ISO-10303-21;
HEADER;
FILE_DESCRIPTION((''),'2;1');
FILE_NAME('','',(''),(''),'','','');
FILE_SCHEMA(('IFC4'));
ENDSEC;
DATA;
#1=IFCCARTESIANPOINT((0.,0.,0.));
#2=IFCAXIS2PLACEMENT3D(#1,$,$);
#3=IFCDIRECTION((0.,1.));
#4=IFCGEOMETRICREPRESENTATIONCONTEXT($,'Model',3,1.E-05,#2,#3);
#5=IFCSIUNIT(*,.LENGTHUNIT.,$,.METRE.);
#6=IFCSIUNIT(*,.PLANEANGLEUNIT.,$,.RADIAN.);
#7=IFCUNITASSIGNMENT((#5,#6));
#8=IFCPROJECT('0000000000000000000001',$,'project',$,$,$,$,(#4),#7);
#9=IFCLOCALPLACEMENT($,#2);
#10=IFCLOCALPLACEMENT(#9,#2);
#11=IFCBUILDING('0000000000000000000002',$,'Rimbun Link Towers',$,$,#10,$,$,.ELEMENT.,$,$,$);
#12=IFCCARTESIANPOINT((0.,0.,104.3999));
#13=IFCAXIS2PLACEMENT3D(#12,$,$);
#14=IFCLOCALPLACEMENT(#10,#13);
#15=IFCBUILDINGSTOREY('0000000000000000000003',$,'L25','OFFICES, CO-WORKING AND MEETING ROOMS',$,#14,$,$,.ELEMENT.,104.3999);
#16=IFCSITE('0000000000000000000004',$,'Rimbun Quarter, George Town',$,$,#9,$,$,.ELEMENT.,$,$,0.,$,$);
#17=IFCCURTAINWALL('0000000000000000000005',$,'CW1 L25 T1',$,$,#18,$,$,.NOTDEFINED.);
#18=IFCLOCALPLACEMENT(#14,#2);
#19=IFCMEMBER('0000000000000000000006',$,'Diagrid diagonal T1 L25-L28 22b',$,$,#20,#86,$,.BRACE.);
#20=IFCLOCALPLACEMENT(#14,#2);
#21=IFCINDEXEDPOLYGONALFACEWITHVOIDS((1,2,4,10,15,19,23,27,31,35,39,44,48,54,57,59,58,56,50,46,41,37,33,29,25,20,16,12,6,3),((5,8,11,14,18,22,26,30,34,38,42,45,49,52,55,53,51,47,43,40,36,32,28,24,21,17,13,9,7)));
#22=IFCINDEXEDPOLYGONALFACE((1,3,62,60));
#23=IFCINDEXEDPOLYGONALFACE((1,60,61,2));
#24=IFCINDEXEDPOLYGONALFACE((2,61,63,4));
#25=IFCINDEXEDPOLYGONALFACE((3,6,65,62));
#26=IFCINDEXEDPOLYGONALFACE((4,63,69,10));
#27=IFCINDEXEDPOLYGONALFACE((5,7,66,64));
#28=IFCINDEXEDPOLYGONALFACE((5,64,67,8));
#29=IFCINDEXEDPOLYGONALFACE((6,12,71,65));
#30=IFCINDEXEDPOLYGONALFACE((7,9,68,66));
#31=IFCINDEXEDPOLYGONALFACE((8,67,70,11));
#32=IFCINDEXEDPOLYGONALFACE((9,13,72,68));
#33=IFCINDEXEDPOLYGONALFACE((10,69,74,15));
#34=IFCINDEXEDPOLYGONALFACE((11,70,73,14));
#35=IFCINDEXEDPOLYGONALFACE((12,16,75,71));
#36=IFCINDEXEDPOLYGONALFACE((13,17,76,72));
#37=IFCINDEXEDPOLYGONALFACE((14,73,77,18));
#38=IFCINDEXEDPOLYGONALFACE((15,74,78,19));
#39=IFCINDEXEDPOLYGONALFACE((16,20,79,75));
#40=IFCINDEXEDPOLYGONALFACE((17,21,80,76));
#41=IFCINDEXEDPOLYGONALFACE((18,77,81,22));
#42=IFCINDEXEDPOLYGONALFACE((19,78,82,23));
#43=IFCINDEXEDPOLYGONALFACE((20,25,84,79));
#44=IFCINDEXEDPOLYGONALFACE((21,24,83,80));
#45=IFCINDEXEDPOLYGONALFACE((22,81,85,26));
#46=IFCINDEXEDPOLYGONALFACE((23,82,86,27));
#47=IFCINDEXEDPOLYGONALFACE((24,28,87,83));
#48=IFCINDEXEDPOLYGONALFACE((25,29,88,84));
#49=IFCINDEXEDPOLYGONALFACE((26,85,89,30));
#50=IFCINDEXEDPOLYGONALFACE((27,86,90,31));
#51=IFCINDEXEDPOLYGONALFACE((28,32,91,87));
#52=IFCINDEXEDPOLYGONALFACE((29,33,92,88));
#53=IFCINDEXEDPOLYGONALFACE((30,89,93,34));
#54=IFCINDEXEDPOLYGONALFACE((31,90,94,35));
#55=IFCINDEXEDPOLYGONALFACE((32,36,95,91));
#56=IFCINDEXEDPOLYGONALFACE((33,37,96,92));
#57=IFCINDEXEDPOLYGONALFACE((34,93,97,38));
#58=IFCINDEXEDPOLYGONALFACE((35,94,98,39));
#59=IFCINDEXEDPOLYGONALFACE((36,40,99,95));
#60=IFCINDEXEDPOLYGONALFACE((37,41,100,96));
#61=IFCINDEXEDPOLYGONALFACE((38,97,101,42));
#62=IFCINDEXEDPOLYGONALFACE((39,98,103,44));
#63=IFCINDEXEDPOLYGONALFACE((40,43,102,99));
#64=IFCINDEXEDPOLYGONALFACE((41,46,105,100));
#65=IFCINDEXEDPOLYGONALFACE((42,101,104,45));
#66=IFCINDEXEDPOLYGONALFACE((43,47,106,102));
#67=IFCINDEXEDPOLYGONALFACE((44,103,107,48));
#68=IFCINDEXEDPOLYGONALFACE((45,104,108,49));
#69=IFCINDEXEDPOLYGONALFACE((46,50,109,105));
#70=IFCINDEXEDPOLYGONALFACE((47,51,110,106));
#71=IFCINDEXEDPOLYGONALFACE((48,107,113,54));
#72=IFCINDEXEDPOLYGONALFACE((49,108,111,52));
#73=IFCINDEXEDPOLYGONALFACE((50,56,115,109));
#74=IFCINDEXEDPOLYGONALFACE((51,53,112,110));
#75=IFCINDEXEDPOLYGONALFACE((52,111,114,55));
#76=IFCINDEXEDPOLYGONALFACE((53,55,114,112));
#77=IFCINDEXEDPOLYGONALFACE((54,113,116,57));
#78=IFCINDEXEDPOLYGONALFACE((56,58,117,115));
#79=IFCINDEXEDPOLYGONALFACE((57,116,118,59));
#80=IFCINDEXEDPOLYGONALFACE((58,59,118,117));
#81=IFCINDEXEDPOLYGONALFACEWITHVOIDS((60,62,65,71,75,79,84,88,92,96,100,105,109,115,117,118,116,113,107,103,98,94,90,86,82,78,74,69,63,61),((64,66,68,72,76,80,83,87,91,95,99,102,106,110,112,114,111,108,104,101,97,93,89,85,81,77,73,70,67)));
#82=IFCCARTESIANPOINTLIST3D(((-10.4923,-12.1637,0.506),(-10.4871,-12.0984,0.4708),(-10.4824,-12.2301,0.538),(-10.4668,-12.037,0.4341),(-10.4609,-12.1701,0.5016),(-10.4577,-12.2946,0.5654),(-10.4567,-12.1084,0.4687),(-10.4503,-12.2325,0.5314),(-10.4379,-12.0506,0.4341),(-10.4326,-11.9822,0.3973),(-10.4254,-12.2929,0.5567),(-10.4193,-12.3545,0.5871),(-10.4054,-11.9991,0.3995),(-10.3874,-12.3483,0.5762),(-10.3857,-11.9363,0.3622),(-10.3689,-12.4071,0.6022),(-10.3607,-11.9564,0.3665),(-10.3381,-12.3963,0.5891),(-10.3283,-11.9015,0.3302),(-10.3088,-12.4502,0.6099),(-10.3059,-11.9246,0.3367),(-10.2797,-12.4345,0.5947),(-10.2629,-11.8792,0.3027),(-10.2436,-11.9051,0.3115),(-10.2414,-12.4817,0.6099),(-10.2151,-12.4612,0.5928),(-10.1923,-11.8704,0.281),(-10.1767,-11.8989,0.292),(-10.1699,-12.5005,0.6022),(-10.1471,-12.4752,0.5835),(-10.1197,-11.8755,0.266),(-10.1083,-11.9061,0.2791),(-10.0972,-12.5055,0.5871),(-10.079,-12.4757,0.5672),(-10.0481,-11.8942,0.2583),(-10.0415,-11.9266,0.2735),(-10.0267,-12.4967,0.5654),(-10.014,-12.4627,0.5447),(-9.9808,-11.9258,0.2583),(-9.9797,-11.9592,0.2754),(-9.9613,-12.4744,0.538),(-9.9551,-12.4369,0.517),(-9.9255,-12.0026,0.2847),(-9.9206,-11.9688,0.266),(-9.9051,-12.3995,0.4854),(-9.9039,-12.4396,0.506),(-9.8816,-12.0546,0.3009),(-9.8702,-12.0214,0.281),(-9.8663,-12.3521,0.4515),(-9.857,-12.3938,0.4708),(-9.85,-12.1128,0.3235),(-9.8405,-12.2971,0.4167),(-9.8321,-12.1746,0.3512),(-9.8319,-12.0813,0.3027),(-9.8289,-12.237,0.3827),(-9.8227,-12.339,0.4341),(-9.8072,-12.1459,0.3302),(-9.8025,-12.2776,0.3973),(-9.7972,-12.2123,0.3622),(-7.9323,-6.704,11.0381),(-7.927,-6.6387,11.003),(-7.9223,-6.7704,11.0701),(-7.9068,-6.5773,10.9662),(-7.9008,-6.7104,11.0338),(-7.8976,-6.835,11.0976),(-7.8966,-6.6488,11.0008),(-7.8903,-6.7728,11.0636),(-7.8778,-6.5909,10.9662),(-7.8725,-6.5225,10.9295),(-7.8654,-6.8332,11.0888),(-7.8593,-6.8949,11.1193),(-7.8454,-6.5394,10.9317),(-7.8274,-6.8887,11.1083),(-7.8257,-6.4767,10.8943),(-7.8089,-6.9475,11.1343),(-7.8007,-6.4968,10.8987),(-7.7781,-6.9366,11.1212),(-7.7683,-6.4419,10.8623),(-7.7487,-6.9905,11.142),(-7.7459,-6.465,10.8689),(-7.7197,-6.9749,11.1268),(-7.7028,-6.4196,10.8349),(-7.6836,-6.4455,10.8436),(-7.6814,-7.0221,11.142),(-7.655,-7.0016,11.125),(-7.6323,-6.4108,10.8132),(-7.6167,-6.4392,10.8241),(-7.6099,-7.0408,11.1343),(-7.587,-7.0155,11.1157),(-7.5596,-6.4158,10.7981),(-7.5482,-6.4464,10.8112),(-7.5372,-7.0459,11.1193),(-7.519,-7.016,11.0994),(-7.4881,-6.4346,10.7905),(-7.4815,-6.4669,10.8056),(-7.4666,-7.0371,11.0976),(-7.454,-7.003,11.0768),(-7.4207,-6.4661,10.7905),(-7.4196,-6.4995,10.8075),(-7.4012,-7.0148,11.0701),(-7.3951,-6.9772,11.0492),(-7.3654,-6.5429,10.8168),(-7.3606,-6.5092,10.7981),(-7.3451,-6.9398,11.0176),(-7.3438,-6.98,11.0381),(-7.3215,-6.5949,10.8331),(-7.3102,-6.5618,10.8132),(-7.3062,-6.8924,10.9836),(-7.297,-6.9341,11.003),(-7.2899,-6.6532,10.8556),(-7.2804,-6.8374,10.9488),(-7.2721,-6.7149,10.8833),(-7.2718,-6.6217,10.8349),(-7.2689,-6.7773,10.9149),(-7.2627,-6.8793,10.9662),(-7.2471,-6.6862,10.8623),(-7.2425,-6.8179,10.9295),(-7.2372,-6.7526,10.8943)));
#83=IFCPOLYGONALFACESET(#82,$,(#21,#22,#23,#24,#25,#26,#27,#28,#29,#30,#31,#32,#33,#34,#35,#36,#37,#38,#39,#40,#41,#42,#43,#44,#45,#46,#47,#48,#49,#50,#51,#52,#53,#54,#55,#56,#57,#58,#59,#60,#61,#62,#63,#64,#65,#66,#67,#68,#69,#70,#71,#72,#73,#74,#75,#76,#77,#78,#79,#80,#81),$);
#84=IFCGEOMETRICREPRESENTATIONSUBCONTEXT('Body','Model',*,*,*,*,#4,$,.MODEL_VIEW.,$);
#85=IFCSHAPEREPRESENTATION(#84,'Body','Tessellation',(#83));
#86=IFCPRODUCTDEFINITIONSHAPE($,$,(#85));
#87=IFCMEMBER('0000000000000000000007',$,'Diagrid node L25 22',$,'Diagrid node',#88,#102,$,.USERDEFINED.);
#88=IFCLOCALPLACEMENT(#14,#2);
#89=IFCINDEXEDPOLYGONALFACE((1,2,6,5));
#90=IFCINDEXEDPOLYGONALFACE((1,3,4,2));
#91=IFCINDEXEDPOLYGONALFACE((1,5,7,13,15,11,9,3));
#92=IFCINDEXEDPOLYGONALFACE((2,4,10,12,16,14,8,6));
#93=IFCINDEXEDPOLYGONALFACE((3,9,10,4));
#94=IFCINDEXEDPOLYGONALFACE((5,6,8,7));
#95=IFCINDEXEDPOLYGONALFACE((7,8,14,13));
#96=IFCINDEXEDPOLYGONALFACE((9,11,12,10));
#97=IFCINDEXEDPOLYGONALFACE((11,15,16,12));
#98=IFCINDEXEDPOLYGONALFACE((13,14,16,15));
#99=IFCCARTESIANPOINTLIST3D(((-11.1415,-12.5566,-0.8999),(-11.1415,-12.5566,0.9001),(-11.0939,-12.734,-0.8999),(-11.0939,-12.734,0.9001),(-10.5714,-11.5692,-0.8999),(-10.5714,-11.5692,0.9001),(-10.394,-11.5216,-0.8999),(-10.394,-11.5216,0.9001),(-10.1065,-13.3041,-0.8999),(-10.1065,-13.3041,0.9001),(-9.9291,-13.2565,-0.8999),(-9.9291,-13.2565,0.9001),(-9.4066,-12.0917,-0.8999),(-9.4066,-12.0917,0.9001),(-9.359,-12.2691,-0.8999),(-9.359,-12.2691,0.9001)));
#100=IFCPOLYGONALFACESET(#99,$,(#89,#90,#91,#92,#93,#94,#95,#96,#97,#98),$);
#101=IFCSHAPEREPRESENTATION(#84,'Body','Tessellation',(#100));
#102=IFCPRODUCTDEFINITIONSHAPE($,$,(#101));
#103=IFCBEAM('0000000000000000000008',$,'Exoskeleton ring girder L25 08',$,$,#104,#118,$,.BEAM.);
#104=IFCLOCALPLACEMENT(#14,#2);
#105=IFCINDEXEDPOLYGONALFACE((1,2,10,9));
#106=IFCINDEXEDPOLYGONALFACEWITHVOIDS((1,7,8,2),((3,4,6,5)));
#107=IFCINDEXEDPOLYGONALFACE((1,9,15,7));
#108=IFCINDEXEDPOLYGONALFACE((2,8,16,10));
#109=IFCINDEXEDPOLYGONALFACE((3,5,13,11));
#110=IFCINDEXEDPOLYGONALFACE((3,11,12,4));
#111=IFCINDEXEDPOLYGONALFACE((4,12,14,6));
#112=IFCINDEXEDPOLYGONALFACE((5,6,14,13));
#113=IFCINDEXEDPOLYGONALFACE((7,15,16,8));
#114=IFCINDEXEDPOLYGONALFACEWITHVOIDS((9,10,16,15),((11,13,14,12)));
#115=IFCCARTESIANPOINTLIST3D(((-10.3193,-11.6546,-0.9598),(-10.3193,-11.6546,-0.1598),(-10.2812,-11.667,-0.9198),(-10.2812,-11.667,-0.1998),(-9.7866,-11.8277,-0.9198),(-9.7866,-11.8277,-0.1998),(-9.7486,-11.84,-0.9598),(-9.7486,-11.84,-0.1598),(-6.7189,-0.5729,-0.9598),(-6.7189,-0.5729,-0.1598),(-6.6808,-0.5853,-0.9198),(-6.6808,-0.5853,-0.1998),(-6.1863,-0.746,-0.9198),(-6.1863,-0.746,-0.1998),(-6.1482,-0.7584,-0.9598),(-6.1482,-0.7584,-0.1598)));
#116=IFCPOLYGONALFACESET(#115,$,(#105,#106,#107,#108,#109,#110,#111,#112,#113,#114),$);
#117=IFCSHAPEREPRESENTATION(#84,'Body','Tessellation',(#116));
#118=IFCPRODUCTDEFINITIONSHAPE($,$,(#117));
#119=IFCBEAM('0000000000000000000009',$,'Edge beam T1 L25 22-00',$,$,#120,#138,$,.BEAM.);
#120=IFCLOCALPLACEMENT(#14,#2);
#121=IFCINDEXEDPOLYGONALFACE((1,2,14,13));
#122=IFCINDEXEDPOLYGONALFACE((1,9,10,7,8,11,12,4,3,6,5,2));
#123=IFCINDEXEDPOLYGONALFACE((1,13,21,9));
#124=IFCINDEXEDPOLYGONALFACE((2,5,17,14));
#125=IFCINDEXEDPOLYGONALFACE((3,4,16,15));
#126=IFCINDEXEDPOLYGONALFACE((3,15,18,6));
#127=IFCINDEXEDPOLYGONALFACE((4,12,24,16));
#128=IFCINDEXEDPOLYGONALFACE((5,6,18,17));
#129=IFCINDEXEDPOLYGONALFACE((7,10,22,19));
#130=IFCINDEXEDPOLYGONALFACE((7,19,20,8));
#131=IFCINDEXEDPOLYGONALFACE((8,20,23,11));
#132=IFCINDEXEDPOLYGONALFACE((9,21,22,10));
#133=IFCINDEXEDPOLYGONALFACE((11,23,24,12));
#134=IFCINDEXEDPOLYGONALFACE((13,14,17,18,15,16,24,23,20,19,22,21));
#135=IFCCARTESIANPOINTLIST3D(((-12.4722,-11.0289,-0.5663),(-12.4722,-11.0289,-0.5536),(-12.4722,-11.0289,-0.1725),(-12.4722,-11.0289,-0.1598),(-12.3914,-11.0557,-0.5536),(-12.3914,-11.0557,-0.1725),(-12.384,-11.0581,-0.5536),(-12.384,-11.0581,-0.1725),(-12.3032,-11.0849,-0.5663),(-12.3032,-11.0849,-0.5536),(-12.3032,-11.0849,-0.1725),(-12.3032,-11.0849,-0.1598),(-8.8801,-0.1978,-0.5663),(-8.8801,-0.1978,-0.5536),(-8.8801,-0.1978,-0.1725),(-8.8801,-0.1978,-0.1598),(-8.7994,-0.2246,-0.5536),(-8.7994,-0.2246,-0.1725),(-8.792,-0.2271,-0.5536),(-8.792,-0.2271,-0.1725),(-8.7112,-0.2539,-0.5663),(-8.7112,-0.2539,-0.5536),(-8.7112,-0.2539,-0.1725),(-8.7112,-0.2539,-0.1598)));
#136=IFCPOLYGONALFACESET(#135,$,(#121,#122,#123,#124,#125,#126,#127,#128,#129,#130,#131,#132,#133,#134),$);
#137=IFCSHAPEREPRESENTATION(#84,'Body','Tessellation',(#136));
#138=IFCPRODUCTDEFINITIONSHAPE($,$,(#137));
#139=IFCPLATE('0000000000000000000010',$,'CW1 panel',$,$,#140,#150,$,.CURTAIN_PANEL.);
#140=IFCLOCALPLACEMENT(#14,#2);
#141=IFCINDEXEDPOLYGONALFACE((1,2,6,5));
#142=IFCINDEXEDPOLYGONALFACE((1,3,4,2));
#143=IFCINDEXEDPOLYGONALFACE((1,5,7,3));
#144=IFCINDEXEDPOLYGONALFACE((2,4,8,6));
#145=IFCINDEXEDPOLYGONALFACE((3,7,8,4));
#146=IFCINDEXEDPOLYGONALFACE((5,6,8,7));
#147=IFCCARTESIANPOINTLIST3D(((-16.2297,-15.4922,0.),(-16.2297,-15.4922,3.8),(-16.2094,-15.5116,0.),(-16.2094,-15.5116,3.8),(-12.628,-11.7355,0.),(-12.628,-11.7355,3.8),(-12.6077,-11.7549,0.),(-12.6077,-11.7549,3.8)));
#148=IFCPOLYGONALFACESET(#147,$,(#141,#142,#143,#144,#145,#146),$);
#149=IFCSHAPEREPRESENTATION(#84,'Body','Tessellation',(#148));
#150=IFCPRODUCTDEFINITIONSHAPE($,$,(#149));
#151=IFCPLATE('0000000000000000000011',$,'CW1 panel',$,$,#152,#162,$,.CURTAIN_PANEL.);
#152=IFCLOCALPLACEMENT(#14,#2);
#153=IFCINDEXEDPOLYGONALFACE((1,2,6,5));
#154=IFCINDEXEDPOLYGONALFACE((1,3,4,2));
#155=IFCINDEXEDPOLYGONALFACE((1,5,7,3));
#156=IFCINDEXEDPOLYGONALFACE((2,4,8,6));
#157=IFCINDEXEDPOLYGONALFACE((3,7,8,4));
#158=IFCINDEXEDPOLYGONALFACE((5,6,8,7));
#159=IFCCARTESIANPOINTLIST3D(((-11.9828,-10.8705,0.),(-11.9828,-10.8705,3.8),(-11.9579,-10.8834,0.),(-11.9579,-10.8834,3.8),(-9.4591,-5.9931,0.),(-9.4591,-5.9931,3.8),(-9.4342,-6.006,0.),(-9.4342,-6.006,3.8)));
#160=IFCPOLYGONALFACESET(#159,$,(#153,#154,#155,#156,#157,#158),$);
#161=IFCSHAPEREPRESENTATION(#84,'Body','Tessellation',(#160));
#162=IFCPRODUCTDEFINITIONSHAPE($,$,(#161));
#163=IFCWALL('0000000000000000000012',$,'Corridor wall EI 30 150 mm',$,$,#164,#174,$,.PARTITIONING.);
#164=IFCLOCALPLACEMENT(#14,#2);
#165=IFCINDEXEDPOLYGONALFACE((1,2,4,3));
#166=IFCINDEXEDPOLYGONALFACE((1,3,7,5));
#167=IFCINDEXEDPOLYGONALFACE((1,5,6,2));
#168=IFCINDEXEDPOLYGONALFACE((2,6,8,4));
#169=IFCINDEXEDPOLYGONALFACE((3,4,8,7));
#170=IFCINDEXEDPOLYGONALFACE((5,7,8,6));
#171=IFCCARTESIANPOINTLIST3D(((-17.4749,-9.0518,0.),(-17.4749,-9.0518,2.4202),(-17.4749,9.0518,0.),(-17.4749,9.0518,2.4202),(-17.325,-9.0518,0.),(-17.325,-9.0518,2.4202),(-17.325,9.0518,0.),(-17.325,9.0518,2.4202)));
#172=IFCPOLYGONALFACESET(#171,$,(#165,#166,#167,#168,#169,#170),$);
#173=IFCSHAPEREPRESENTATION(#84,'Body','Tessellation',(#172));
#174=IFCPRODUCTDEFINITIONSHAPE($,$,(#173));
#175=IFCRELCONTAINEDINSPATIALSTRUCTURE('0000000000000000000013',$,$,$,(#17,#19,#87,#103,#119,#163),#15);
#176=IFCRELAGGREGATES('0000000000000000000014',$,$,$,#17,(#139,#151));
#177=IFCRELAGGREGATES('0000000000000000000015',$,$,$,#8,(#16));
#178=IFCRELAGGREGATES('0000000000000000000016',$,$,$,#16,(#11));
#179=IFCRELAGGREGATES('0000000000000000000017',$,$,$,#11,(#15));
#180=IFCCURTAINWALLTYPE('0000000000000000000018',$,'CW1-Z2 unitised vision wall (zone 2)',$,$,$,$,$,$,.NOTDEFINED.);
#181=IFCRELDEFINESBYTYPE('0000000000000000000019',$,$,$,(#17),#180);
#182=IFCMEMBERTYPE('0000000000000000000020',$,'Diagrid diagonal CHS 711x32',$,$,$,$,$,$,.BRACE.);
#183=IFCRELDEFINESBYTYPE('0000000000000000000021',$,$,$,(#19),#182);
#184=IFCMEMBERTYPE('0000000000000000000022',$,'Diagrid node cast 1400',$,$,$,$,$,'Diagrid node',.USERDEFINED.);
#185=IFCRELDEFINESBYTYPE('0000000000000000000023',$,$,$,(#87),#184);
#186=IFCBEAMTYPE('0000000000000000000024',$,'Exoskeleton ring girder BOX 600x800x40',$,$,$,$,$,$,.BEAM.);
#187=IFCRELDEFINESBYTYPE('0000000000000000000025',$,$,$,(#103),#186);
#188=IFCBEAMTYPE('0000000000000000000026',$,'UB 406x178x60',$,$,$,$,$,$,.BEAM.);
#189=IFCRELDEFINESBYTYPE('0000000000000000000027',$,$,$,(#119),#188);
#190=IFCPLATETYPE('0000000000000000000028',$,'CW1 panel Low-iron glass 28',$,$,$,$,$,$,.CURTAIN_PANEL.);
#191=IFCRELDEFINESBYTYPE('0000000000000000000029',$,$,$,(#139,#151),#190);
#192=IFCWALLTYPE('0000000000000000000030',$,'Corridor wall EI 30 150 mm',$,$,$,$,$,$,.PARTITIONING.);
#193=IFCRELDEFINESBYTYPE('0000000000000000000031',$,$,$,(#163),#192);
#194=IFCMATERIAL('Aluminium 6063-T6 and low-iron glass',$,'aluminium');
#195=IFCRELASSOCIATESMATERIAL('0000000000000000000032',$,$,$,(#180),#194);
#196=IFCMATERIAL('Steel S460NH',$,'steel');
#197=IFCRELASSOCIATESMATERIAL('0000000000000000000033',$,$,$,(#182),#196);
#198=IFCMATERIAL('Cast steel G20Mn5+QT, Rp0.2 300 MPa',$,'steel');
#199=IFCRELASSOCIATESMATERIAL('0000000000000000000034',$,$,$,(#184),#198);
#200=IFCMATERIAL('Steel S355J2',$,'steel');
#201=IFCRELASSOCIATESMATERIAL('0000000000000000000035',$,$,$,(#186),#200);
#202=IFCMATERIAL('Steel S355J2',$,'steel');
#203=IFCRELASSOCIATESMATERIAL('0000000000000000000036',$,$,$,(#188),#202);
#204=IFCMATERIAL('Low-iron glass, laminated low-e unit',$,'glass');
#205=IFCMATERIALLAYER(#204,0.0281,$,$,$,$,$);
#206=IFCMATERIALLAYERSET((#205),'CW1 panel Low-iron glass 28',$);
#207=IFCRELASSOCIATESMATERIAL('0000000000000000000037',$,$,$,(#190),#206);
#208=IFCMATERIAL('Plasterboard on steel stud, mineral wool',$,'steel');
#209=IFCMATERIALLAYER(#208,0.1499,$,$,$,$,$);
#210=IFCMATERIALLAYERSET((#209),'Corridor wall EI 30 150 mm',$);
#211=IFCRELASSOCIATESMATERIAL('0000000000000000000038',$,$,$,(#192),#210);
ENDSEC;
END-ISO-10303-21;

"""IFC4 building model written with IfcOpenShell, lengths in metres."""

from ifc_helpers import new_model, si_unit, direction, frame, frame_2d, origin, origin_2d, place, context, subcontext, project, spatial, polyline, rectangle, hollow_rectangle, hollow_circle, i_section, outline, extrude, material, layer, layer_set, material_profile, profile_set, type_object, element, aggregate, save


model = new_model("IFC4")

# Units and contexts
model_context = context("Model", 3, precision=1e-05, world=origin(), true_north=direction((0.0, 1.0)))
body_context = subcontext(model_context, "Body", "Model", "MODEL_VIEW")
ifc_project = project(units=[si_unit("LENGTHUNIT", "METRE"), si_unit("PLANEANGLEUNIT", "RADIAN")], contexts=[model_context])

# Site, building, storey
site_placement = place(None, origin())
site = spatial("IfcSite", under=ifc_project, at=site_placement, Name="Rimbun Quarter, George Town", CompositionType="ELEMENT", RefElevation=0.0)
building_placement = place(site_placement, origin())
building = spatial("IfcBuilding", under=site, at=building_placement, Name="Rimbun Link Towers", CompositionType="ELEMENT")
storey_placement = place(building_placement, frame((0.0, 0.0, 104.3999)))
storey = spatial("IfcBuildingStorey", under=building, at=storey_placement, Name="L25", Description="OFFICES, CO-WORKING AND MEETING ROOMS", CompositionType="ELEMENT", Elevation=104.3999)

# Curtain wall
ifc_material_1 = material(Name="Aluminium 6063-T6 and low-iron glass", Category="aluminium")
curtain_wall_type = type_object("IfcCurtainWallType", Name="CW1-Z2 unitised vision wall (zone 2)", PredefinedType="NOTDEFINED", material=ifc_material_1)
curtain_wall_placement = place(storey_placement, origin())
curtain_wall = element("IfcCurtainWall", 1, at=curtain_wall_placement, inside=storey, type_object=curtain_wall_type, Name="CW1 L25 T1", PredefinedType="NOTDEFINED")

# Members
ifc_material_2 = material(Name="Steel S460NH", Category="steel")
ifc_material_profile_1 = material_profile(ifc_material_2, hollow_circle(Radius=0.3557, WallThickness=0.032, at=origin_2d()), Name="Diagrid diagonal CHS 711x32")
ifc_profile_set_1 = profile_set([ifc_material_profile_1], Name="Steel S460NH")
member_type_1 = type_object("IfcMemberType", Name="Diagrid diagonal CHS 711x32", PredefinedType="BRACE", material=ifc_profile_set_1)
member_1_placement = place(storey_placement, frame((-10.1448, -12.188, 0.4341), z_axis=(0.210942, 0.449866, 0.867827), x_axis=(-0.905407, 0.424545, 0.0)))
element("IfcMember", 2, at=member_1_placement, inside=storey, type_object=member_type_1, Name="Diagrid diagonal T1 L25-L28 22b", PredefinedType="BRACE", context=body_context, shape_type="SweptSolid", body=[
    extrude(hollow_circle(Radius=0.3557, WallThickness=0.032, at=origin_2d()), origin(), (0.0, 0.0, 1.0), 12.1362),
])
ifc_material_3 = material(Name="Cast steel G20Mn5+QT, Rp0.2 300 MPa", Category="steel")
ifc_material_profile_2 = material_profile(ifc_material_3, outline(polyline([(0.7, -0.5701), (0.7, 0.5701), (0.5701, 0.7), (-0.5701, 0.7), (-0.7, 0.5701), (-0.7, -0.5701), (-0.5701, -0.7), (0.5701, -0.7), (0.7, -0.5701)])), Name="NODE 1400x1400")
ifc_profile_set_2 = profile_set([ifc_material_profile_2], Name="Cast steel G20Mn5+QT, Rp0.2 300 MPa")
member_type_2 = type_object("IfcMemberType", Name="Diagrid node cast 1400", ElementType="Diagrid node", PredefinedType="USERDEFINED", material=ifc_profile_set_2)
member_2_placement = place(storey_placement, frame((-10.2502, -12.4128, -0.8999), z_axis=(0.0, 0.0, 1.0), x_axis=(0.866025, -0.5, 0.0)))
element("IfcMember", 3, at=member_2_placement, inside=storey, type_object=member_type_2, Name="Diagrid node L25 22", ObjectType="Diagrid node", PredefinedType="USERDEFINED", context=body_context, shape_type="SweptSolid", body=[
    extrude(outline(polyline([(0.7, -0.5701), (0.7, 0.5701), (0.5701, 0.7), (-0.5701, 0.7), (-0.7, 0.5701), (-0.7, -0.5701), (-0.5701, -0.7), (0.5701, -0.7), (0.7, -0.5701)])), origin(), (0.0, 0.0, 1.0), 1.8),
])

# Beams
ifc_material_4 = material(Name="Steel S355J2", Category="steel")
ifc_material_profile_3 = material_profile(ifc_material_4, hollow_rectangle(XDim=0.6001, YDim=0.8, WallThickness=0.04, at=origin_2d()), Name="Exoskeleton ring girder BOX 600x800x40")
ifc_profile_set_3 = profile_set([ifc_material_profile_3], Name="Steel S355J2")
beam_type_1 = type_object("IfcBeamType", Name="Exoskeleton ring girder BOX 600x800x40", PredefinedType="BEAM", material=ifc_profile_set_3)
beam_1_placement = place(storey_placement, frame((-10.0339, -11.7473, -0.5598), z_axis=(0.308996, 0.951063, 0.0), x_axis=(-0.951063, 0.308996, 0.0)))
element("IfcBeam", 4, at=beam_1_placement, inside=storey, type_object=beam_type_1, Name="Exoskeleton ring girder L25 08", PredefinedType="BEAM", context=body_context, shape_type="SweptSolid", body=[
    extrude(hollow_rectangle(XDim=0.6001, YDim=0.8, WallThickness=0.04, at=origin_2d()), origin(), (0.0, 0.0, 1.0), 11.6519),
])
ifc_material_5 = material(Name="Steel S355J2", Category="steel")
ifc_material_profile_4 = material_profile(ifc_material_5, i_section(OverallWidth=0.178, OverallDepth=0.4065, WebThickness=0.0078, FlangeThickness=0.0127, at=origin_2d()), Name="UB 406x178x60")
ifc_profile_set_4 = profile_set([ifc_material_profile_4], Name="Steel S355J2")
beam_type_2 = type_object("IfcBeamType", Name="UB 406x178x60", PredefinedType="BEAM", material=ifc_profile_set_4)
beam_2_placement = place(storey_placement, frame((-12.3877, -11.0569, -0.363), z_axis=(0.314783, 0.949164, 0.0), x_axis=(-0.949164, 0.314783, 0.0)))
element("IfcBeam", 5, at=beam_2_placement, inside=storey, type_object=beam_type_2, Name="Edge beam T1 L25 22-00", PredefinedType="BEAM", context=body_context, shape_type="SweptSolid", body=[
    extrude(i_section(OverallWidth=0.178, OverallDepth=0.4065, WebThickness=0.0078, FlangeThickness=0.0127, at=origin_2d()), origin(), (0.0, 0.0, 1.0), 11.4111),
])

# Plates
ifc_material_6 = material(Name="Low-iron glass, laminated low-e unit", Category="glass")
ifc_layer_1 = layer(ifc_material_6, 0.0281)
ifc_layer_set_1 = layer_set([ifc_layer_1], Name="CW1 panel Low-iron glass 28")
plate_type = type_object("IfcPlateType", Name="CW1 panel Low-iron glass 28", PredefinedType="CURTAIN_PANEL", material=ifc_layer_set_1)
plate_1_placement = place(storey_placement, frame((-14.4187, -13.6235, 0.0), z_axis=(0.0, 0.0, 1.0), x_axis=(-0.692055, -0.721845, 0.0)))
plate_1 = element("IfcPlate", 6, at=plate_1_placement, type_object=plate_type, Name="CW1 panel", PredefinedType="CURTAIN_PANEL", context=body_context, shape_type="SweptSolid", body=[
    extrude(rectangle(XDim=5.2043, YDim=0.0281, at=origin_2d()), origin(), (0.0, 0.0, 1.0), 3.8),
])
plate_2_placement = place(storey_placement, frame((-10.7085, -8.4382, 0.0), z_axis=(0.0, 0.0, 1.0), x_axis=(-0.459555, -0.888149, 0.0)))
plate_2 = element("IfcPlate", 7, at=plate_2_placement, type_object=plate_type, Name="CW1 panel", PredefinedType="CURTAIN_PANEL", context=body_context, shape_type="SweptSolid", body=[
    extrude(rectangle(XDim=5.4917, YDim=0.0281, at=origin_2d()), origin(), (0.0, 0.0, 1.0), 3.8),
])
aggregate(curtain_wall, [plate_1, plate_2])

# Wall
ifc_material_7 = material(Name="Plasterboard on steel stud, mineral wool", Category="steel")
ifc_layer_2 = layer(ifc_material_7, 0.1499)
ifc_layer_set_2 = layer_set([ifc_layer_2], Name="Corridor wall EI 30 150 mm")
wall_type_1 = type_object("IfcWallType", Name="Corridor wall EI 30 150 mm", PredefinedType="PARTITIONING", material=ifc_layer_set_2)
wall_1_placement = place(storey_placement, frame((-17.3999, -9.0518, 0.0), z_axis=(0.0, 0.0, 1.0), x_axis=(0.0, 1.0, 0.0)))
element("IfcWall", 8, at=wall_1_placement, inside=storey, type_object=wall_type_1, Name="Corridor wall EI 30 150 mm", PredefinedType="PARTITIONING", context=body_context, shape_type="SweptSolid", body=[
    extrude(rectangle(XDim=18.1035, YDim=0.1499, at=frame_2d((9.0518, 0.0))), origin(), (0.0, 0.0, 1.0), 2.4202),
])

save(model, "model.ifc")
